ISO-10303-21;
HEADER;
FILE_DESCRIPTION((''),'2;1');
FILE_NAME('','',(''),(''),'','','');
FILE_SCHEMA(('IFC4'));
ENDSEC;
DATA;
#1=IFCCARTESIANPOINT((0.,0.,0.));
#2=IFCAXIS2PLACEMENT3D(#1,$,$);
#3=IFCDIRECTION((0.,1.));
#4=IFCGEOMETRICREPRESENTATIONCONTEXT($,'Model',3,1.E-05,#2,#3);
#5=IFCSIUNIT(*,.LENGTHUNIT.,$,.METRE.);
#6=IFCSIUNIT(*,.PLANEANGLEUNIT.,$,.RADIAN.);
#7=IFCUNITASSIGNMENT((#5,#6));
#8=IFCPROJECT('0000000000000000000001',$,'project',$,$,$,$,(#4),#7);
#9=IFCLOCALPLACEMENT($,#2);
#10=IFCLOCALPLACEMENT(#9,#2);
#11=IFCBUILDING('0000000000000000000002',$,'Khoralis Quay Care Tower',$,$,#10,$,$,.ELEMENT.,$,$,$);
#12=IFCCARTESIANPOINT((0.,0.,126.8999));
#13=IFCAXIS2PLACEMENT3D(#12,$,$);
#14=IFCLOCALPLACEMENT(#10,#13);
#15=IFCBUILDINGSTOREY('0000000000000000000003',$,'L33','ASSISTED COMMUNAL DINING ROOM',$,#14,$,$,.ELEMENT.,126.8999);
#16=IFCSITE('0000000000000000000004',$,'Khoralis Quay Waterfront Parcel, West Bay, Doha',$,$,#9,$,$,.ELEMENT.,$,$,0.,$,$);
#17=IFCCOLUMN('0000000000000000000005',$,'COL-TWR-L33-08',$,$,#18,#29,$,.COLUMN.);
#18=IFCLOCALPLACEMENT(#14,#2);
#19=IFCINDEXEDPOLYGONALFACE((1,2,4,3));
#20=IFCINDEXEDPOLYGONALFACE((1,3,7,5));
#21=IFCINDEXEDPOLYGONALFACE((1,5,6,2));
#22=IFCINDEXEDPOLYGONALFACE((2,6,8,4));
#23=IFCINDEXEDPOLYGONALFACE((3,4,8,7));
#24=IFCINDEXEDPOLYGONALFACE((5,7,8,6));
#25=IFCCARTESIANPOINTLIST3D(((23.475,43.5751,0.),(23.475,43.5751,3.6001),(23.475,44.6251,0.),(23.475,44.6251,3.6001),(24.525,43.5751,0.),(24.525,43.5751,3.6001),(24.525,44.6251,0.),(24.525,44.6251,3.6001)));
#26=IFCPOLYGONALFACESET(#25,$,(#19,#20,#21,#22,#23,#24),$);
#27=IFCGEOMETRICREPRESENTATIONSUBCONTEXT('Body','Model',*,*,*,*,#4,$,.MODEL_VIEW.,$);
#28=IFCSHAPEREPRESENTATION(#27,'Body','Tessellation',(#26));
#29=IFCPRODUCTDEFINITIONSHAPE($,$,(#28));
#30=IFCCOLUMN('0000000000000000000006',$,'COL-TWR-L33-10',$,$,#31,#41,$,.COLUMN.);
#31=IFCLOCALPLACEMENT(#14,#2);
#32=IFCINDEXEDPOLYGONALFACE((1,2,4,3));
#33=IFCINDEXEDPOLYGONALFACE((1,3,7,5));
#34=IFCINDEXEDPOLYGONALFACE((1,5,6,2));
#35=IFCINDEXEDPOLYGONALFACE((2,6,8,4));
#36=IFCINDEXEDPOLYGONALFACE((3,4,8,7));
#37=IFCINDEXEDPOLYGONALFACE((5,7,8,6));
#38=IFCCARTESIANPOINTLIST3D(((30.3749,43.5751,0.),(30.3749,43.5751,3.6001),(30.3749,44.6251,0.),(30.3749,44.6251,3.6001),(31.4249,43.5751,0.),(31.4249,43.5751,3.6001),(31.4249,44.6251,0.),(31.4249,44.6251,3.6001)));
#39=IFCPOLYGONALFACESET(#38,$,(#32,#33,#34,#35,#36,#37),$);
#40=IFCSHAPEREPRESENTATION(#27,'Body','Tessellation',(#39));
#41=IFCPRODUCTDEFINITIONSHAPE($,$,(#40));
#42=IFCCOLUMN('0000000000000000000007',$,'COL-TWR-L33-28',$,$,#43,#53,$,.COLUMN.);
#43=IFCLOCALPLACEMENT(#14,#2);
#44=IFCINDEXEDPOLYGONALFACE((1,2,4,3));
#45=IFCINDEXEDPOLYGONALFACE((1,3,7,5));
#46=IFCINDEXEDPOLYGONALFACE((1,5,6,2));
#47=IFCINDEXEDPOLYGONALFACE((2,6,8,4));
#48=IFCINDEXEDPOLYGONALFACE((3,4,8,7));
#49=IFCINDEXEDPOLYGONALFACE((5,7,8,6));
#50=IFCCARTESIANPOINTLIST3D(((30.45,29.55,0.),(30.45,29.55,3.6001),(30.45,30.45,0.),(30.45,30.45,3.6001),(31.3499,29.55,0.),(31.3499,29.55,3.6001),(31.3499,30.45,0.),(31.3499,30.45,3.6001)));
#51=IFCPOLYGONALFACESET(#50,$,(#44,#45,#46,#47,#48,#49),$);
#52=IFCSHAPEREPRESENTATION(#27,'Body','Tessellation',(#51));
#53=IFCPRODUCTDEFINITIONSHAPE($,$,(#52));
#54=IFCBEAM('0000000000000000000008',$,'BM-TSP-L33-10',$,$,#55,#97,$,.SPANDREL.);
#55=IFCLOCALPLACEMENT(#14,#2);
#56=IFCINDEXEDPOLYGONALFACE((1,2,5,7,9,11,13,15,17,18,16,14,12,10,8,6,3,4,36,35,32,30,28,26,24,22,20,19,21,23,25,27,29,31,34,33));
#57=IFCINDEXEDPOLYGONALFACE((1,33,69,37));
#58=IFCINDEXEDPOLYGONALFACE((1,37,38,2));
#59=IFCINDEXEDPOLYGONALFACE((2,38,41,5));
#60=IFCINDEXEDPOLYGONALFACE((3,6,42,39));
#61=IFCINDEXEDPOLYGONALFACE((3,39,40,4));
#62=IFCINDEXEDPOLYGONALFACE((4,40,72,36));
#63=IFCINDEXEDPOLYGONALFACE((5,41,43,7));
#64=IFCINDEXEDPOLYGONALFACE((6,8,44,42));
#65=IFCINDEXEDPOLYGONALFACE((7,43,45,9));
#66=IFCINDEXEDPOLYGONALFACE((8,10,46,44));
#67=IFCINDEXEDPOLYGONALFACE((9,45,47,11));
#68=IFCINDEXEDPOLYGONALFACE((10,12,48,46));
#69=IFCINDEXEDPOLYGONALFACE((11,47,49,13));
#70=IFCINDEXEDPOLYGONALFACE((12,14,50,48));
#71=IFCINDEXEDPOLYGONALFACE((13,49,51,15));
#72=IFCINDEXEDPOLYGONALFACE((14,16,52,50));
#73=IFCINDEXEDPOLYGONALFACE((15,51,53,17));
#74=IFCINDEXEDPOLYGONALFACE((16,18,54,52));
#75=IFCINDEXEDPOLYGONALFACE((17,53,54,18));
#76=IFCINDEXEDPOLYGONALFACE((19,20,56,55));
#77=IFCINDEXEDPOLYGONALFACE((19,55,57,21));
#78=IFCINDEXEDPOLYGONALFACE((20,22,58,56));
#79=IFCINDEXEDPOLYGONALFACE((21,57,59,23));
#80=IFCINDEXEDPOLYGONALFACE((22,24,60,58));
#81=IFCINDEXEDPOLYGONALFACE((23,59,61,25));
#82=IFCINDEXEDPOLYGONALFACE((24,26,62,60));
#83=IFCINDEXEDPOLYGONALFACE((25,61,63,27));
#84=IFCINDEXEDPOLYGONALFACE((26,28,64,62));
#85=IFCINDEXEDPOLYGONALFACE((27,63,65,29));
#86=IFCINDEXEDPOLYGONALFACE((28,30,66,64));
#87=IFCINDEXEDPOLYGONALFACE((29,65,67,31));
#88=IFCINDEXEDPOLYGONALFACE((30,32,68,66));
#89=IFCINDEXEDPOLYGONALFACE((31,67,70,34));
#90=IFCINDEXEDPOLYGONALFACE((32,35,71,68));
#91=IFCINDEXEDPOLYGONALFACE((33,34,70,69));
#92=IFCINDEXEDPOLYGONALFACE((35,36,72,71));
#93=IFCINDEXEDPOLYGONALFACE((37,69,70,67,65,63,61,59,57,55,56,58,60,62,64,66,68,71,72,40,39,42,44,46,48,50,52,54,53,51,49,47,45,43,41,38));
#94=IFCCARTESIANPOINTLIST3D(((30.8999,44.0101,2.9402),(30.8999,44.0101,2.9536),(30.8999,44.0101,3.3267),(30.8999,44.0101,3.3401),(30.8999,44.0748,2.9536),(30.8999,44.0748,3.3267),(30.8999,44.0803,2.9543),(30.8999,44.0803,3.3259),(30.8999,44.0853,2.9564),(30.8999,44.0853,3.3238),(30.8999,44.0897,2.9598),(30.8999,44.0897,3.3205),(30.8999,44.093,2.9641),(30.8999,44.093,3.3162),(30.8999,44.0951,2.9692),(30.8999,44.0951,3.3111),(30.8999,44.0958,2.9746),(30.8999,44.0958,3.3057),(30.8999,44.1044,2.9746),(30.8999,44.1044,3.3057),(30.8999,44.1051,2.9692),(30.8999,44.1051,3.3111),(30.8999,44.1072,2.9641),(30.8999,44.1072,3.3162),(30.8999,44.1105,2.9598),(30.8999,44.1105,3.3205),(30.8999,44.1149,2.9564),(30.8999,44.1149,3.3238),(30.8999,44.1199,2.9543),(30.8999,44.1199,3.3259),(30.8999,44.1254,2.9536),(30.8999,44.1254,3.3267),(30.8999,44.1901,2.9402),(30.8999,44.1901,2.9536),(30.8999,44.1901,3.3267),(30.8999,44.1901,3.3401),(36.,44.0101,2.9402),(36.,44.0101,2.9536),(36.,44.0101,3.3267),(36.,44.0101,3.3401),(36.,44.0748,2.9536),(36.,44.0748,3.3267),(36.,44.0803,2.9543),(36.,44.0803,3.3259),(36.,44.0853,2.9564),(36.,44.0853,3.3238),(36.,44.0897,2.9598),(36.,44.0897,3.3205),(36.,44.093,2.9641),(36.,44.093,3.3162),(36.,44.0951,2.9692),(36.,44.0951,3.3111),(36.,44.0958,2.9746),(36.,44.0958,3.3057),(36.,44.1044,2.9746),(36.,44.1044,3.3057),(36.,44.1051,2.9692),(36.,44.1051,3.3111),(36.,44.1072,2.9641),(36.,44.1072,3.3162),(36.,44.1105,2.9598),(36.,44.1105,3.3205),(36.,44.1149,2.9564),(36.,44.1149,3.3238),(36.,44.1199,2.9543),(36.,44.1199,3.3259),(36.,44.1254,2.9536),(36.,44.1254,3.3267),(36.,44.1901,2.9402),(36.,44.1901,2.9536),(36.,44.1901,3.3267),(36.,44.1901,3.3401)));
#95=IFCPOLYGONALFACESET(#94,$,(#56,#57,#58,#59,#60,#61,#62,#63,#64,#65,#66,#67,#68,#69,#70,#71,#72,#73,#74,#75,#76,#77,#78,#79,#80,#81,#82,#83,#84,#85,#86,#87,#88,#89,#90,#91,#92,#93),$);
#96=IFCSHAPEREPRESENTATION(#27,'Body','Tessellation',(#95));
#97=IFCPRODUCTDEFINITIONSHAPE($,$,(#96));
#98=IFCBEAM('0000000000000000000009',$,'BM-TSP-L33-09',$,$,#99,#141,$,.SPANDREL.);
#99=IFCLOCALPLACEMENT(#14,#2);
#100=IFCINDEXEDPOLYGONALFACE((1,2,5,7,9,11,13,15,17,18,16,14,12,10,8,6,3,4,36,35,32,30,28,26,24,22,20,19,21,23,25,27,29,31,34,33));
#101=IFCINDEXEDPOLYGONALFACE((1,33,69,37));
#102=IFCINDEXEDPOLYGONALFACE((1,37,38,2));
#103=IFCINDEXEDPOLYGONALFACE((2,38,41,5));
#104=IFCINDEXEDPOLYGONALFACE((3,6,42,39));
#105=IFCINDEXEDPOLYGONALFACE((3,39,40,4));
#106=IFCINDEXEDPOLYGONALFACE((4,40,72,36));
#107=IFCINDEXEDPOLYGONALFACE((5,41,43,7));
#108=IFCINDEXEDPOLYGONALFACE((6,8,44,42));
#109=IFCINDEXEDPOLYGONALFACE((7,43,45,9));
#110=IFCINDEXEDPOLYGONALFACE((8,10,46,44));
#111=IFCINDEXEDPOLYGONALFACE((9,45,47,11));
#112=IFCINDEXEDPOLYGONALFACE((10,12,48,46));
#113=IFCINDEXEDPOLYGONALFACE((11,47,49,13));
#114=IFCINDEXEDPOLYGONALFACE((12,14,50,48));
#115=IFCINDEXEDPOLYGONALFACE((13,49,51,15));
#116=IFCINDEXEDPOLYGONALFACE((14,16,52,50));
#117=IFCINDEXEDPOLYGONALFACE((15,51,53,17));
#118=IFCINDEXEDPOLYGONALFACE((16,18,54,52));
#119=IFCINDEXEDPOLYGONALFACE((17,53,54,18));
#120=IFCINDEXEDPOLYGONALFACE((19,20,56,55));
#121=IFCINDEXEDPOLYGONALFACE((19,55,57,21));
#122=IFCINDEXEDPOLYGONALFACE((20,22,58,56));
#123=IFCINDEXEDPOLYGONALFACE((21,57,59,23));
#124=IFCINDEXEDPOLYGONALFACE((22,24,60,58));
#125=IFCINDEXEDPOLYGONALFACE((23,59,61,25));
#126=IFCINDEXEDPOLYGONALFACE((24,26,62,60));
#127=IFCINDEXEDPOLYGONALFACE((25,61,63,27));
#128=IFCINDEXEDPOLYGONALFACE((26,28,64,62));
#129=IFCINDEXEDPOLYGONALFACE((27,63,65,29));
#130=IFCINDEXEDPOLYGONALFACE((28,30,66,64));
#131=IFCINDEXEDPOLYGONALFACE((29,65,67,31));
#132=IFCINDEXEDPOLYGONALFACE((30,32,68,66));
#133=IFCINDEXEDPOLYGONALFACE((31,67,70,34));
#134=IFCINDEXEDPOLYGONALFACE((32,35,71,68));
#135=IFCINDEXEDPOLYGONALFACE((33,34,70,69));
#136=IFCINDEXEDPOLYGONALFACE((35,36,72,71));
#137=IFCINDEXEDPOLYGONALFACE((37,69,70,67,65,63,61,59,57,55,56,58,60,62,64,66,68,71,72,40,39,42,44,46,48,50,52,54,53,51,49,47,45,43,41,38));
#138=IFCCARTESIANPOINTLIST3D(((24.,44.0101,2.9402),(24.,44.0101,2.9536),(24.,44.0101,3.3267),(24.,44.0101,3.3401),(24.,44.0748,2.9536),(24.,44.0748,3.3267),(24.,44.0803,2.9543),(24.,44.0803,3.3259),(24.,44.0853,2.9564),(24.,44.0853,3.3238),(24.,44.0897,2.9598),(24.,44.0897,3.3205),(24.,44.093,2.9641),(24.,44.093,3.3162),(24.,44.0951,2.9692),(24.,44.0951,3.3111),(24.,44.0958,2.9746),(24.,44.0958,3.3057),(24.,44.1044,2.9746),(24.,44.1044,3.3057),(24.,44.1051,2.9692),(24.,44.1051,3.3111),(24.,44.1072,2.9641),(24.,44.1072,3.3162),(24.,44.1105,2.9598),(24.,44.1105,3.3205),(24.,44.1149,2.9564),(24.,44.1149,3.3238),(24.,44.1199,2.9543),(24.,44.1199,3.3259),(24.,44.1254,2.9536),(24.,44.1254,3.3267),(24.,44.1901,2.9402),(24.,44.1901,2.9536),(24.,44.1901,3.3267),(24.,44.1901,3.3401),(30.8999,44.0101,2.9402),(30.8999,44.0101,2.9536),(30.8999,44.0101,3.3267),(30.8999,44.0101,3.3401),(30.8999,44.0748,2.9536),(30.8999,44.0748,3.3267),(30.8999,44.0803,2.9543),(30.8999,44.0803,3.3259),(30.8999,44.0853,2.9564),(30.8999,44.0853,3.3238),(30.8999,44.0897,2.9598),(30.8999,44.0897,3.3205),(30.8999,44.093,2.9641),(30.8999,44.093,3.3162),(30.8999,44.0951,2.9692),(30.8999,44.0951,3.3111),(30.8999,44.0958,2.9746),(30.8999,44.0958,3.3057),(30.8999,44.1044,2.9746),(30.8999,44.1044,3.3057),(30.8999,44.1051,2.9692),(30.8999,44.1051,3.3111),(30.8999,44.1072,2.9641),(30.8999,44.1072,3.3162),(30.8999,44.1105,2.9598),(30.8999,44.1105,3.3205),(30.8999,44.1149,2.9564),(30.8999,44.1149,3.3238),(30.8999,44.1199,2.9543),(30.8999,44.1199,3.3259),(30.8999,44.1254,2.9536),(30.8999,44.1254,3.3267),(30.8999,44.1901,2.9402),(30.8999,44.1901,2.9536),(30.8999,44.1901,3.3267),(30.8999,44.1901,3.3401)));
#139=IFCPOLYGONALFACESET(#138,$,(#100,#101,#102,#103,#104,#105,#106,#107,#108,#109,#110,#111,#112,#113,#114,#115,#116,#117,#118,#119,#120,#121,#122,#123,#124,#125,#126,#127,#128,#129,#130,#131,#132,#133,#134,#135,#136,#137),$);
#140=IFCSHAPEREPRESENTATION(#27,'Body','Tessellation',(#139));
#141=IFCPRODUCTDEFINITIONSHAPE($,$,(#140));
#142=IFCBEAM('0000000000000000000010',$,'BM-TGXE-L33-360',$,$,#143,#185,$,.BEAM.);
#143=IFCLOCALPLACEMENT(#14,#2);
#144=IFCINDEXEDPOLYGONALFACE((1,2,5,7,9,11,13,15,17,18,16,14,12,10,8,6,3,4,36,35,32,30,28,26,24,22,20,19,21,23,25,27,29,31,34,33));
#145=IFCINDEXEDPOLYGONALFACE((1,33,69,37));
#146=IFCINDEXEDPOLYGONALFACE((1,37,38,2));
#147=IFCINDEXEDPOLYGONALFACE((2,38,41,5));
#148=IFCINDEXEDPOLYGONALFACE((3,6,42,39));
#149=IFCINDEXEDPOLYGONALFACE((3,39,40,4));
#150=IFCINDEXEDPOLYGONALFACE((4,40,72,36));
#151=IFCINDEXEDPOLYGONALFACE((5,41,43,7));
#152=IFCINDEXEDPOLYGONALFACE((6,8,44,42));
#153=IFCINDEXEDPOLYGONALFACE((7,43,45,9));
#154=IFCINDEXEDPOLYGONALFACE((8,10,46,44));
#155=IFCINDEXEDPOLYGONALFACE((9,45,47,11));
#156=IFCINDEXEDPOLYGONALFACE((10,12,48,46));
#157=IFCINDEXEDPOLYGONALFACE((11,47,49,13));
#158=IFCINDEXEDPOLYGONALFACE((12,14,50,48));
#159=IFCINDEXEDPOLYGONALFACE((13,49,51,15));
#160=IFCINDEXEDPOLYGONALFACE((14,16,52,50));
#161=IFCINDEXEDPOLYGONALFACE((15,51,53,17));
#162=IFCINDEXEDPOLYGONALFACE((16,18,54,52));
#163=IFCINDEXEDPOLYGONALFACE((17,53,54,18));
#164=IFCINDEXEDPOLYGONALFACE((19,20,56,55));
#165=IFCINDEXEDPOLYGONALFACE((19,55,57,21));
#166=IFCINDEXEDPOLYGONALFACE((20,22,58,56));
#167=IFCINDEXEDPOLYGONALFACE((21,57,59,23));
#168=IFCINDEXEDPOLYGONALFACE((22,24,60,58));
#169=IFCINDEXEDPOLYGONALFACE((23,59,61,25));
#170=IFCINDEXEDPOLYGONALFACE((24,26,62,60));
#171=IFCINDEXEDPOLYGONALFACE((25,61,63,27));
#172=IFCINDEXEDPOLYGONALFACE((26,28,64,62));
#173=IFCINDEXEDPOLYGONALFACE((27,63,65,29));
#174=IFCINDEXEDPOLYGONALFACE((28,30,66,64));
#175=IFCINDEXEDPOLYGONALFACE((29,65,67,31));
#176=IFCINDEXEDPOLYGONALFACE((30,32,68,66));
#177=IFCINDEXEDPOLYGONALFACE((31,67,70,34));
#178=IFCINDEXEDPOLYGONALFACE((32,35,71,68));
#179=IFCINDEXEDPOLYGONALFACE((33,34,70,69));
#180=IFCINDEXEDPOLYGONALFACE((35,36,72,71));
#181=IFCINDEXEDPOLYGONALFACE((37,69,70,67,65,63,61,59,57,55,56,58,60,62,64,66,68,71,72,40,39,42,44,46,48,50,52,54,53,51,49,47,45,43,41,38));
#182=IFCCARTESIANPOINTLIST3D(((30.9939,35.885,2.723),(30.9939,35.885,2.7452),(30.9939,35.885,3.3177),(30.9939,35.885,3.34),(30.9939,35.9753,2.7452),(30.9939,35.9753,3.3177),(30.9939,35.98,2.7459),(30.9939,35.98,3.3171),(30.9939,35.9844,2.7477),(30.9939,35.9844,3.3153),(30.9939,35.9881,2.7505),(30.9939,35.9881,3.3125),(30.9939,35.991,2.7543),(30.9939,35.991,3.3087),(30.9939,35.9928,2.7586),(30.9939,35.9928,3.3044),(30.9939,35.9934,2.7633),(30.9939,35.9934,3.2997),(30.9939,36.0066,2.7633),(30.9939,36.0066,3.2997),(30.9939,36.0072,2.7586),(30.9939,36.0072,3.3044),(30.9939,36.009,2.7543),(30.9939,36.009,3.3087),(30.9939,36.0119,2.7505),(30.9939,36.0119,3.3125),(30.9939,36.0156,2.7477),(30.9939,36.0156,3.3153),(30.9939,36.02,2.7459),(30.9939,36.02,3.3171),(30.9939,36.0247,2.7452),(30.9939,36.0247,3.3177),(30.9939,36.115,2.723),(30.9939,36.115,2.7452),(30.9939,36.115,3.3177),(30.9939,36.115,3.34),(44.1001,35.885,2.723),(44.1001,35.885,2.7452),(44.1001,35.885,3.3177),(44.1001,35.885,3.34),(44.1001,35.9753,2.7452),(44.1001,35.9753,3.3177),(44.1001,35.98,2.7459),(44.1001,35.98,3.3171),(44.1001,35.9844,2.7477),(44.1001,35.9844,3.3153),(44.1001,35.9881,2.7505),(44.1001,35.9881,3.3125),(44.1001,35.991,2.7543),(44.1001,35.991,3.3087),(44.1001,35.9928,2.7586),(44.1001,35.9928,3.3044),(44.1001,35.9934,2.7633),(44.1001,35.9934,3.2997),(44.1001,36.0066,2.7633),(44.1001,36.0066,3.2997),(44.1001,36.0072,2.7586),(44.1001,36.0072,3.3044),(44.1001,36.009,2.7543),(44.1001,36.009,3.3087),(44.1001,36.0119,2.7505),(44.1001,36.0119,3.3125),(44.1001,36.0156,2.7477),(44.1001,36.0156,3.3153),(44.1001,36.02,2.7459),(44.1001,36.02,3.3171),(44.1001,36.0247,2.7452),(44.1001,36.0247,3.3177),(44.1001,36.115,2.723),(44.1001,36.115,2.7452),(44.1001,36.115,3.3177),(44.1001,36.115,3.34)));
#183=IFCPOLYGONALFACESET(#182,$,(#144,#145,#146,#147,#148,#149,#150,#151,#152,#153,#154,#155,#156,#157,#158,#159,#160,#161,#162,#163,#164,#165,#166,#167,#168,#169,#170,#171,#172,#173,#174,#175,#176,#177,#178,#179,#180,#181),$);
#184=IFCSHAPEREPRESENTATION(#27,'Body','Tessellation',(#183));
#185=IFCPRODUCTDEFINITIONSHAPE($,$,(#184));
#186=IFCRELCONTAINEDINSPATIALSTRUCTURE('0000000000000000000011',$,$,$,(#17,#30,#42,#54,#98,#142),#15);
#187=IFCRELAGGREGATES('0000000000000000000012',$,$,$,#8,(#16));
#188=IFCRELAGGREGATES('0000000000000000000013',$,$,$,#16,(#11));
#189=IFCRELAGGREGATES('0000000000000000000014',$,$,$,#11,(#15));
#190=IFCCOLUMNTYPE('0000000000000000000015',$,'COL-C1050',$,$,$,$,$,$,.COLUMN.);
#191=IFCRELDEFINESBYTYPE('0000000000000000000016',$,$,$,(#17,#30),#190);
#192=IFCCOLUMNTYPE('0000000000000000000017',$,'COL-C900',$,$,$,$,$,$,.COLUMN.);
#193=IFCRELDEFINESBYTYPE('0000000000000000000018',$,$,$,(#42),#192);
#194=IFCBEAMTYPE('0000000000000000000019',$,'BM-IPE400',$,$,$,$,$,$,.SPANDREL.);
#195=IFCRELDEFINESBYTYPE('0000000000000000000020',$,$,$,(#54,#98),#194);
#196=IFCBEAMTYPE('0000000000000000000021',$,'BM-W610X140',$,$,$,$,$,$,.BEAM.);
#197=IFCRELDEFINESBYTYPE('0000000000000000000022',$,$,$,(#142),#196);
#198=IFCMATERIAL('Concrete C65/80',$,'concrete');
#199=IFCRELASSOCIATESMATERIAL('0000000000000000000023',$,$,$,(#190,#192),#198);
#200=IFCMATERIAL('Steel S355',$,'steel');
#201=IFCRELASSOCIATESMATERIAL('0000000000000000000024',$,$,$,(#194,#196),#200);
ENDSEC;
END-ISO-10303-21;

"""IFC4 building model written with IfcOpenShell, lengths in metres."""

from ifc_helpers import new_model, si_unit, direction, frame, origin, origin_2d, place, context, subcontext, project, spatial, rectangle, i_section, extrude, source, transform, mapped, material, material_profile, profile_set, type_object, element, save


model = new_model("IFC4")

# Units and contexts
model_context = context("Model", 3, precision=1e-05, world=origin(), true_north=direction((0.0, 1.0)))
body_context = subcontext(model_context, "Body", "Model", "MODEL_VIEW")
ifc_project = project(units=[si_unit("LENGTHUNIT", "METRE"), si_unit("PLANEANGLEUNIT", "RADIAN")], contexts=[model_context])

# Site, building, storey
site_placement = place(None, origin())
site = spatial("IfcSite", under=ifc_project, at=site_placement, Name="Khoralis Quay Waterfront Parcel, West Bay, Doha", CompositionType="ELEMENT", RefElevation=0.0)
building_placement = place(site_placement, origin())
building = spatial("IfcBuilding", under=site, at=building_placement, Name="Khoralis Quay Care Tower", CompositionType="ELEMENT")
storey_placement = place(building_placement, frame((0.0, 0.0, 126.8999)))
storey = spatial("IfcBuildingStorey", under=building, at=storey_placement, Name="L33", Description="ASSISTED COMMUNAL DINING ROOM", CompositionType="ELEMENT", Elevation=126.8999)

# Columns
ifc_material_1 = material(Name="Concrete C65/80", Category="concrete")
ifc_material_profile_1 = material_profile(ifc_material_1, rectangle(XDim=1.05, YDim=1.05, at=origin_2d()), Name="Concrete C65/80")
ifc_profile_set_1 = profile_set([ifc_material_profile_1], Name="Concrete C65/80")
column_type_1 = type_object("IfcColumnType", Name="COL-C1050", PredefinedType="COLUMN", material=ifc_profile_set_1)
shared_shape_1 = source(origin(), body_context, "Body", "SweptSolid", [
    extrude(rectangle(XDim=1.05, YDim=1.05, at=origin_2d()), origin(), (0.0, 0.0, 1.0), 3.6001),
])
for number, where, z_axis, x_axis, name in (
    (1, (24.0, 44.1001, 0.0), (0.0, 0.0, 1.0), (1.0, 0.0, 0.0), "COL-TWR-L33-08"),
    (2, (30.8999, 44.1001, 0.0), (0.0, 0.0, 1.0), (1.0, 0.0, 0.0), "COL-TWR-L33-10"),
):
    element("IfcColumn", number, at=place(storey_placement, frame(where, z_axis=z_axis, x_axis=x_axis)), inside=storey, type_object=column_type_1, Name=name, PredefinedType="COLUMN", context=body_context, shape_type="MappedRepresentation", body=[
        mapped(shared_shape_1, transform((0.0, 0.0, 0.0), scale=1.0)),
    ])
ifc_material_profile_2 = material_profile(ifc_material_1, rectangle(XDim=0.8999, YDim=0.8999, at=origin_2d()), Name="Concrete C65/80")
ifc_profile_set_2 = profile_set([ifc_material_profile_2], Name="Concrete C65/80")
column_type_2 = type_object("IfcColumnType", Name="COL-C900", PredefinedType="COLUMN", material=ifc_profile_set_2)
shared_shape_2 = source(origin(), body_context, "Body", "SweptSolid", [
    extrude(rectangle(XDim=0.8999, YDim=0.8999, at=origin_2d()), origin(), (0.0, 0.0, 1.0), 3.6001),
])
column_placement = place(storey_placement, frame((30.8999, 30.0, 0.0), z_axis=(0.0, 0.0, 1.0), x_axis=(1.0, 0.0, 0.0)))
element("IfcColumn", 3, at=column_placement, inside=storey, type_object=column_type_2, Name="COL-TWR-L33-28", PredefinedType="COLUMN", context=body_context, shape_type="MappedRepresentation", body=[
    mapped(shared_shape_2, transform((0.0, 0.0, 0.0), scale=1.0)),
])

# Beams
ifc_material_2 = material(Name="Steel S355", Category="steel")
ifc_material_profile_3 = material_profile(ifc_material_2, i_section(OverallWidth=0.1799, OverallDepth=0.3999, WebThickness=0.0085, FlangeThickness=0.0134, FilletRadius=0.021, at=origin_2d()), Name="Steel S355")
ifc_profile_set_3 = profile_set([ifc_material_profile_3], Name="Steel S355")
beam_type_1 = type_object("IfcBeamType", Name="BM-IPE400", PredefinedType="SPANDREL", material=ifc_profile_set_3)
shared_shape_3 = source(origin(), body_context, "Body", "SweptSolid", [
    extrude(i_section(OverallWidth=0.1799, OverallDepth=0.3999, WebThickness=0.0085, FlangeThickness=0.0134, FilletRadius=0.021, at=origin_2d()), origin(), (0.0, 0.0, 1.0), 5.1001),
])
beam_1_placement = place(storey_placement, frame((30.8999, 44.1001, 3.1401), z_axis=(1.0, 0.0, 0.0), x_axis=(0.0, 1.0, 0.0)))
element("IfcBeam", 4, at=beam_1_placement, inside=storey, type_object=beam_type_1, Name="BM-TSP-L33-10", PredefinedType="SPANDREL", context=body_context, shape_type="MappedRepresentation", body=[
    mapped(shared_shape_3, transform((0.0, 0.0, 0.0), scale=1.0)),
])
shared_shape_4 = source(origin(), body_context, "Body", "SweptSolid", [
    extrude(i_section(OverallWidth=0.1799, OverallDepth=0.3999, WebThickness=0.0085, FlangeThickness=0.0134, FilletRadius=0.021, at=origin_2d()), origin(), (0.0, 0.0, 1.0), 6.8999),
])
beam_2_placement = place(storey_placement, frame((24.0, 44.1001, 3.1401), z_axis=(1.0, 0.0, 0.0), x_axis=(0.0, 1.0, 0.0)))
element("IfcBeam", 5, at=beam_2_placement, inside=storey, type_object=beam_type_1, Name="BM-TSP-L33-09", PredefinedType="SPANDREL", context=body_context, shape_type="MappedRepresentation", body=[
    mapped(shared_shape_4, transform((0.0, 0.0, 0.0), scale=1.0)),
])
ifc_material_profile_4 = material_profile(ifc_material_2, i_section(OverallWidth=0.23, OverallDepth=0.6169, WebThickness=0.0132, FlangeThickness=0.0222, FilletRadius=0.0181, at=origin_2d()), Name="Steel S355")
ifc_profile_set_4 = profile_set([ifc_material_profile_4], Name="Steel S355")
beam_type_2 = type_object("IfcBeamType", Name="BM-W610X140", PredefinedType="BEAM", material=ifc_profile_set_4)
shared_shape_5 = source(origin(), body_context, "Body", "SweptSolid", [
    extrude(i_section(OverallWidth=0.23, OverallDepth=0.6169, WebThickness=0.0132, FlangeThickness=0.0222, FilletRadius=0.0181, at=origin_2d()), origin(), (0.0, 0.0, 1.0), 13.1062),
])
beam_3_placement = place(storey_placement, frame((30.9939, 36.0, 3.0315), z_axis=(1.0, 0.0, 0.0), x_axis=(0.0, 1.0, 0.0)))
element("IfcBeam", 6, at=beam_3_placement, inside=storey, type_object=beam_type_2, Name="BM-TGXE-L33-360", PredefinedType="BEAM", context=body_context, shape_type="MappedRepresentation", body=[
    mapped(shared_shape_5, transform((0.0, 0.0, 0.0), scale=1.0)),
])

save(model, "model.ifc")
